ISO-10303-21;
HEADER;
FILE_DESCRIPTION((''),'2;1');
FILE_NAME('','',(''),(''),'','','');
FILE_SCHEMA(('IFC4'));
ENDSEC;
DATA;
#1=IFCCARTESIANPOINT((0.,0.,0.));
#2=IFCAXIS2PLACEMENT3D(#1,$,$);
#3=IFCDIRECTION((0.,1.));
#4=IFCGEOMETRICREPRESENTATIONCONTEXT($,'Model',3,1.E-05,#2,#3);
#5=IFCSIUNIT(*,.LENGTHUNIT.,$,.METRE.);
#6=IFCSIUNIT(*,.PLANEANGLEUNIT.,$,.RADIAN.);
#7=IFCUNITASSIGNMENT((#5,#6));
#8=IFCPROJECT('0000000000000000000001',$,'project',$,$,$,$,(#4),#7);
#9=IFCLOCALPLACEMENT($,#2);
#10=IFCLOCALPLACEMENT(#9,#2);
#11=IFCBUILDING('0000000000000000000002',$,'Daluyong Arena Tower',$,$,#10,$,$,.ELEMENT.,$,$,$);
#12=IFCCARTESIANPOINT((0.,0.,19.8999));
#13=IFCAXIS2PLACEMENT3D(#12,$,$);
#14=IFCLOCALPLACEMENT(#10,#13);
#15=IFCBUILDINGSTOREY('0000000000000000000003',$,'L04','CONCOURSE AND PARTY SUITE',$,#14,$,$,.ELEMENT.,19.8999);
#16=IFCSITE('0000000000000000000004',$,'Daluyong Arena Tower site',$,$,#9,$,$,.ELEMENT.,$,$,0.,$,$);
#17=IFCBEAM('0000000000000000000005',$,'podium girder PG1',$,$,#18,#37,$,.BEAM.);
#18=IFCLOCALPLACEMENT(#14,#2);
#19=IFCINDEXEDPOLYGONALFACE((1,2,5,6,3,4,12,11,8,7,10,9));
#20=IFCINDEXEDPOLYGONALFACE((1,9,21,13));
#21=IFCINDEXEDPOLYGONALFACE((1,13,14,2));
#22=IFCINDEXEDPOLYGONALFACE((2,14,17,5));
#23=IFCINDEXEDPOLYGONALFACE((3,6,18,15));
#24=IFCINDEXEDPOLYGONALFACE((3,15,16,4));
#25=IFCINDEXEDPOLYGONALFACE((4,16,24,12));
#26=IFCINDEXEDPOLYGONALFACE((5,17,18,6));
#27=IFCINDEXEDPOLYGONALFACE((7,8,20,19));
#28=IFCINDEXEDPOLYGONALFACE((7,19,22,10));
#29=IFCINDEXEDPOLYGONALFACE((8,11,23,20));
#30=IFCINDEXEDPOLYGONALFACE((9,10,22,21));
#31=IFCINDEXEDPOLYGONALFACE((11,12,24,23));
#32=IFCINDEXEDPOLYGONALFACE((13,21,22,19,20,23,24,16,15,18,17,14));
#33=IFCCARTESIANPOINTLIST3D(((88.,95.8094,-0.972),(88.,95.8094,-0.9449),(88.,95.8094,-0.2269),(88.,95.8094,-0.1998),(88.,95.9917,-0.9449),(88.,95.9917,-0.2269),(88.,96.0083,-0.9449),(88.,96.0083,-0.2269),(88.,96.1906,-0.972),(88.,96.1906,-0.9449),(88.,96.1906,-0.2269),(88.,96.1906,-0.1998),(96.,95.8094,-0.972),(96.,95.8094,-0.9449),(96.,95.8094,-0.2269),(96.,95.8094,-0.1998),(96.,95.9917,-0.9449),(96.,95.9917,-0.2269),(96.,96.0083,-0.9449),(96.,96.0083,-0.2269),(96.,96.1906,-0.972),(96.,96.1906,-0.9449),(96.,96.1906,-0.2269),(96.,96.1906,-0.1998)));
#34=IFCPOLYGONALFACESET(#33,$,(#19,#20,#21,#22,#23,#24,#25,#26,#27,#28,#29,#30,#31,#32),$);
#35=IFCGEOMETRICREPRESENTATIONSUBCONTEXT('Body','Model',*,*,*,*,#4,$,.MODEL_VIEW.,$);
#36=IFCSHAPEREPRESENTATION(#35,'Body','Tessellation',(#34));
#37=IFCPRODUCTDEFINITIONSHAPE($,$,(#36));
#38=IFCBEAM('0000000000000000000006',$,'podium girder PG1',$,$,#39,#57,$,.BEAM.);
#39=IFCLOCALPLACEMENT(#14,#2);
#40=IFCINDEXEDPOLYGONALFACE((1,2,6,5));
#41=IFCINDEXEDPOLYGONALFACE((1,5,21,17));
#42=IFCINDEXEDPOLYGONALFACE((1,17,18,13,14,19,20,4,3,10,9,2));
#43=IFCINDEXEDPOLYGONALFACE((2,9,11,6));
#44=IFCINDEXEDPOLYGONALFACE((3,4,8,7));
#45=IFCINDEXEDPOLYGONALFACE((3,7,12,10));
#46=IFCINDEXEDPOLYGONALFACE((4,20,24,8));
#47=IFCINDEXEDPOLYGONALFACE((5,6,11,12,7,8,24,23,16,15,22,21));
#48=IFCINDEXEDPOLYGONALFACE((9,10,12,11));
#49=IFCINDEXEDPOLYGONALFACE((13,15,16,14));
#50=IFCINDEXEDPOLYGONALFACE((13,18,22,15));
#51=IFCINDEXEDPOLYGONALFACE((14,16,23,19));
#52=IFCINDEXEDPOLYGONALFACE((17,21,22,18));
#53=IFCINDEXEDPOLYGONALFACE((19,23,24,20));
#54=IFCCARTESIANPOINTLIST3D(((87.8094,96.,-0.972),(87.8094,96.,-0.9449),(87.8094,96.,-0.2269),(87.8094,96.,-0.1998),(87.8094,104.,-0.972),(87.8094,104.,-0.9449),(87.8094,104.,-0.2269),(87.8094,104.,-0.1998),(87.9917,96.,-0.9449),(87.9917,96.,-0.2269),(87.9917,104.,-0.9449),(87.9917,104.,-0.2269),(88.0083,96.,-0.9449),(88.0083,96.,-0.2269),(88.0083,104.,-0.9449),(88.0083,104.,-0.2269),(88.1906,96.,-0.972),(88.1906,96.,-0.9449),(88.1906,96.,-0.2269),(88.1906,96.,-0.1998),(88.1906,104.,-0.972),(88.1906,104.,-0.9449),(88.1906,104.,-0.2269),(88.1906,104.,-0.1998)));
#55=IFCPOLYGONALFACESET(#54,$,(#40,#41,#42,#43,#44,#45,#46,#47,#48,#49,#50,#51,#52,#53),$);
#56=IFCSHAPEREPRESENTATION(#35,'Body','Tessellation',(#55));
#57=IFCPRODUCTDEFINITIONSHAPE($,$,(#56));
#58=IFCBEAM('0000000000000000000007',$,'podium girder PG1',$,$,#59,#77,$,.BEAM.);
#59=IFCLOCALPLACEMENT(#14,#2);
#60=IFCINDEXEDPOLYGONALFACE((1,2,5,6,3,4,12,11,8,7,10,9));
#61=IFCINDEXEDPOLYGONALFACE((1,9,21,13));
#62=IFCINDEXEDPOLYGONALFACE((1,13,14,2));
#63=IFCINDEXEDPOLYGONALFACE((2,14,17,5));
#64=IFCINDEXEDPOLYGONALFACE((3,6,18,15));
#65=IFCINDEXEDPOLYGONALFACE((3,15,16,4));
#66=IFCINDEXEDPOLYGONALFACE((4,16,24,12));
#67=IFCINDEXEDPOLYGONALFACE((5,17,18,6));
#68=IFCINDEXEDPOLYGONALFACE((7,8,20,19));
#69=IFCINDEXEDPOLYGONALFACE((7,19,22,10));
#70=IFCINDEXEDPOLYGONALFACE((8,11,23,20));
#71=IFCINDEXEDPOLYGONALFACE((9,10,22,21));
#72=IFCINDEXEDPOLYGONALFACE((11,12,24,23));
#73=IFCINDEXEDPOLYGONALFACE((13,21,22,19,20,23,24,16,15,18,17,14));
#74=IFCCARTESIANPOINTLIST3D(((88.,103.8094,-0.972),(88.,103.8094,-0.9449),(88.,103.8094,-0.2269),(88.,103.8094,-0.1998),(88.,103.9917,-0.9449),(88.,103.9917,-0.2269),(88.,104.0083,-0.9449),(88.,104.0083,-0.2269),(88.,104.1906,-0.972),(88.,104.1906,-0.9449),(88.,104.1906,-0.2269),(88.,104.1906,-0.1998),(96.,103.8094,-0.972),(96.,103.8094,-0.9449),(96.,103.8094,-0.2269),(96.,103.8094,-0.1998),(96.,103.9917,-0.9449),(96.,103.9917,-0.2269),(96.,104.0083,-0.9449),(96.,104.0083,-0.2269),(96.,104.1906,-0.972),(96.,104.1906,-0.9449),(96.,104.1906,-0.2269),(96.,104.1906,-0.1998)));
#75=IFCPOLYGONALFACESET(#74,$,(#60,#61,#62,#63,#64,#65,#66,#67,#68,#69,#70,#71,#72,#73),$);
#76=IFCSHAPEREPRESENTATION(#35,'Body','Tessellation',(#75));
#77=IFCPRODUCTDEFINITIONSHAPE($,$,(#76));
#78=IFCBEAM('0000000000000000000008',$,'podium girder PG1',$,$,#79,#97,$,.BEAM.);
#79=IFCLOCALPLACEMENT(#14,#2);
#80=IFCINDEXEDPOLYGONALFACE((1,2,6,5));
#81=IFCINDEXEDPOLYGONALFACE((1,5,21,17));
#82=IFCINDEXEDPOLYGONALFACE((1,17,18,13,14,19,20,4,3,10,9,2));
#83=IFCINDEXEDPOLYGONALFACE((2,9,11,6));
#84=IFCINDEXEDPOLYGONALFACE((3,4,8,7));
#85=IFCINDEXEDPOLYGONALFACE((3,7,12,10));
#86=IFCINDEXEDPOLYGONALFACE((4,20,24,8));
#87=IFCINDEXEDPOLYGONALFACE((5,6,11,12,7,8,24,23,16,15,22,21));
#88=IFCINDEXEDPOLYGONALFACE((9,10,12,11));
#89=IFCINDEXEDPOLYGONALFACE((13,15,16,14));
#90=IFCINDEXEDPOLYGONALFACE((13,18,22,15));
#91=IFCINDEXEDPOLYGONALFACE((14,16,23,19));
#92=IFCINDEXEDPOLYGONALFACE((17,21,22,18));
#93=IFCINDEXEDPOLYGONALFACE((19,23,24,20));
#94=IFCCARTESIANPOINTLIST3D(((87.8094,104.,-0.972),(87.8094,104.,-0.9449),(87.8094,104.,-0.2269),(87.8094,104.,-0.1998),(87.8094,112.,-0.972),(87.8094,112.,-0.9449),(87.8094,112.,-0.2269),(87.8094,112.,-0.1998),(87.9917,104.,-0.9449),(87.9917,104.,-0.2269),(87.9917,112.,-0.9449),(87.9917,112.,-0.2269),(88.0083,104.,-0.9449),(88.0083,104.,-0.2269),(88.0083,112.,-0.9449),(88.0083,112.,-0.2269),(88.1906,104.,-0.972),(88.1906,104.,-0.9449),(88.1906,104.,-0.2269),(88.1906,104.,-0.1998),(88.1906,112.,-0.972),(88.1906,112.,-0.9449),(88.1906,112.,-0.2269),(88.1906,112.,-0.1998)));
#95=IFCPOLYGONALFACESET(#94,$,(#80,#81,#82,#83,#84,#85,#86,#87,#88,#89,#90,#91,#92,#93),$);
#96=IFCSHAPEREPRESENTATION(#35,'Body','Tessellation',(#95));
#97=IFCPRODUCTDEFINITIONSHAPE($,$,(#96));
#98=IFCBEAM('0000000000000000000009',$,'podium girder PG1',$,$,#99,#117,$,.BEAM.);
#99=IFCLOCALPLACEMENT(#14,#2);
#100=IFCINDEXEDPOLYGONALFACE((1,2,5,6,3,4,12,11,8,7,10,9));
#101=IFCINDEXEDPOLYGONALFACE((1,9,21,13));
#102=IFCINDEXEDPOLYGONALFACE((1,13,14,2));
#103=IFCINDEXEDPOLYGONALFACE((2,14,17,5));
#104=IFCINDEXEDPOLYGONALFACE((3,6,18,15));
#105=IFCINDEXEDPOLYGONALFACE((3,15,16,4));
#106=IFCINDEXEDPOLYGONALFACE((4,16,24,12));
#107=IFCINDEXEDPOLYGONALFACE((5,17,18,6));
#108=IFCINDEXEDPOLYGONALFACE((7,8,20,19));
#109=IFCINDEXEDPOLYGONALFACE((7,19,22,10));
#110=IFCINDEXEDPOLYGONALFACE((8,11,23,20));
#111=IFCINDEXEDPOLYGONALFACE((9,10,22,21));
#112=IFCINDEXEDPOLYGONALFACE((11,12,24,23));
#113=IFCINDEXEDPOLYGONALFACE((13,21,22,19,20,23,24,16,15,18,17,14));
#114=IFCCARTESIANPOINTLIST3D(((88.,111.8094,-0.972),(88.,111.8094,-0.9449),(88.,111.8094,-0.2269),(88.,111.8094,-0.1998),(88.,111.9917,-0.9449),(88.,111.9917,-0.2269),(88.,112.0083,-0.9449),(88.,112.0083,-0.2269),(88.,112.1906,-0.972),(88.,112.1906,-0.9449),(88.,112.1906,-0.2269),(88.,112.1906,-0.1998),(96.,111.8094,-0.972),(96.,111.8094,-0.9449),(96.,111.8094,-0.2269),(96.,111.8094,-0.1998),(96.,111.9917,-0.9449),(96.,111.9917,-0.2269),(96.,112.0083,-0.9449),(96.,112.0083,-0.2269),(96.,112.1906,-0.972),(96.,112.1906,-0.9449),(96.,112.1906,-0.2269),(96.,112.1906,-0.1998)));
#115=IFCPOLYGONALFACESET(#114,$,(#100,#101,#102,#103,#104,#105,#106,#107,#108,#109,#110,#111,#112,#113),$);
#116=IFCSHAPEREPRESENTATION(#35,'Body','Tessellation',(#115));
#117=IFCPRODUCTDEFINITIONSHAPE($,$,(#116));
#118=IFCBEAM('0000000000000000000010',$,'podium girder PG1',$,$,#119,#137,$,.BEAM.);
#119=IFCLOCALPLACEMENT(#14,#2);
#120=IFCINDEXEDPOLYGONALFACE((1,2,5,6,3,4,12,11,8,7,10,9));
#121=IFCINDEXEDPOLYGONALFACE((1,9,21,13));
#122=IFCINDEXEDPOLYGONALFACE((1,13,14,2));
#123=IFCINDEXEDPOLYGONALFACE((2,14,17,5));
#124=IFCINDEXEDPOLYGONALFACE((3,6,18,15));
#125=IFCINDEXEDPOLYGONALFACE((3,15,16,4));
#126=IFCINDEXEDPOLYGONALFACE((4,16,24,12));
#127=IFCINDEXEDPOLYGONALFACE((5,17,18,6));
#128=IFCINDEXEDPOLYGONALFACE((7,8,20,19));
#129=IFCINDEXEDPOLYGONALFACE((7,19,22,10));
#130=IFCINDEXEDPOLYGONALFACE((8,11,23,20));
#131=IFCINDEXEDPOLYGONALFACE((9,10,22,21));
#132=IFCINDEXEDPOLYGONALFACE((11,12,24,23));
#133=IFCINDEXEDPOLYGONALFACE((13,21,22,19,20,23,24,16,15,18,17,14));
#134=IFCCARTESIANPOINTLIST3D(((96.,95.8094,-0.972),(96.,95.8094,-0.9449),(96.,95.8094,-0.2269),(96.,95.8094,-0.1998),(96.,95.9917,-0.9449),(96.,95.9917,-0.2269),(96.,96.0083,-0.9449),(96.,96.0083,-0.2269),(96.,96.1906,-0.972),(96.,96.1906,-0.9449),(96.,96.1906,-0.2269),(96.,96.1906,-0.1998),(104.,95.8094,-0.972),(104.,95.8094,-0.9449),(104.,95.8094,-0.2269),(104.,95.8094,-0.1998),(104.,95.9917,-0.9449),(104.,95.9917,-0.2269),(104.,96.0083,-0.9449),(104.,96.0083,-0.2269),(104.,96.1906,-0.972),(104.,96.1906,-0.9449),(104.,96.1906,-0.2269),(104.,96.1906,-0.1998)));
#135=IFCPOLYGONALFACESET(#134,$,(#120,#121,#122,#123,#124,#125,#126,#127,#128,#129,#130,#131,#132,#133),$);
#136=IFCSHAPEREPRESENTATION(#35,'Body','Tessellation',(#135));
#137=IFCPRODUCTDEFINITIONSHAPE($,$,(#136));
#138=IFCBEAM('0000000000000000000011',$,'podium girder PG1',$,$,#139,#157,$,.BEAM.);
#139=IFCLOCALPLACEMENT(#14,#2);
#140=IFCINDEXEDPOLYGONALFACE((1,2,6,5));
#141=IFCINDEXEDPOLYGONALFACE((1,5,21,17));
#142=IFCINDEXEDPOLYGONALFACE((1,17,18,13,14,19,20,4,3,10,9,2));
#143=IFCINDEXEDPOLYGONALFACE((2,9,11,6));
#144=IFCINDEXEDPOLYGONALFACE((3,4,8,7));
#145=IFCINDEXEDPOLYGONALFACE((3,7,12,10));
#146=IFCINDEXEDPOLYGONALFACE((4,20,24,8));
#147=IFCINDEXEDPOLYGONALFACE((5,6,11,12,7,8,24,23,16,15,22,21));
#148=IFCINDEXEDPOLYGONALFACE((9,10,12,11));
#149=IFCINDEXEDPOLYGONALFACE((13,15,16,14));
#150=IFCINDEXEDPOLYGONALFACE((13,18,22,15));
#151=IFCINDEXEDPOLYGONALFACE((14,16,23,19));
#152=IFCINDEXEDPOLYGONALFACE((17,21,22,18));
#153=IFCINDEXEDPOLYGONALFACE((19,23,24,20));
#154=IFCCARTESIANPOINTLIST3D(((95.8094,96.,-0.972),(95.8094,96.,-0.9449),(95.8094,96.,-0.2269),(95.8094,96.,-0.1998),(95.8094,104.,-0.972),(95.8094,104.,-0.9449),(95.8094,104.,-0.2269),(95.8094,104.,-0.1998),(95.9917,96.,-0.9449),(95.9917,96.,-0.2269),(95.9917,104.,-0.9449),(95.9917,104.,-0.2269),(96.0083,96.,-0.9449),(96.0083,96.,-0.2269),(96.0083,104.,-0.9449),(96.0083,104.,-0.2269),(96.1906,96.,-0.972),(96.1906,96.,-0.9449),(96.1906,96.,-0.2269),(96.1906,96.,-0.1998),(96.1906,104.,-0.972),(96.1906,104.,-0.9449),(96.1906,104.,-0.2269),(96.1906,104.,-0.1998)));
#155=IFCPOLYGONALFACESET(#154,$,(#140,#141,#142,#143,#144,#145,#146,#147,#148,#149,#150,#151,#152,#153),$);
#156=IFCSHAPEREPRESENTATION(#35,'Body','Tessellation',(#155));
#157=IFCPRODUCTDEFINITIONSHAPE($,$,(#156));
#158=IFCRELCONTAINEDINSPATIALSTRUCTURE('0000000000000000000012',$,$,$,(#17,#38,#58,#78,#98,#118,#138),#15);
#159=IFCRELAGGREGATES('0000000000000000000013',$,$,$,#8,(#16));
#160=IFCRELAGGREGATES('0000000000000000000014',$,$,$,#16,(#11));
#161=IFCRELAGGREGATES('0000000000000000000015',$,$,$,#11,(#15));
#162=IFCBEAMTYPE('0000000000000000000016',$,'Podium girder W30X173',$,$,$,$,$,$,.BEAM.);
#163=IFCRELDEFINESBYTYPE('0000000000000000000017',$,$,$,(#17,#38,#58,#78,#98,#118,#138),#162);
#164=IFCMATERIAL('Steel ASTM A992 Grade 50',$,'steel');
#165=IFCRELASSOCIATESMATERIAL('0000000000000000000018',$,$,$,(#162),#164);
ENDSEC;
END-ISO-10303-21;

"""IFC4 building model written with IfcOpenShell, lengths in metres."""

from ifc_helpers import new_model, si_unit, direction, frame, origin, origin_2d, place, context, subcontext, project, spatial, i_section, extrude, material, material_profile, profile_set, type_object, element, save


model = new_model("IFC4")

# Units and contexts
model_context = context("Model", 3, precision=1e-05, world=origin(), true_north=direction((0.0, 1.0)))
body_context = subcontext(model_context, "Body", "Model", "MODEL_VIEW")
ifc_project = project(units=[si_unit("LENGTHUNIT", "METRE"), si_unit("PLANEANGLEUNIT", "RADIAN")], contexts=[model_context])

# Site, building, storey
site_placement = place(None, origin())
site = spatial("IfcSite", under=ifc_project, at=site_placement, Name="Daluyong Arena Tower site", CompositionType="ELEMENT", RefElevation=0.0)
building_placement = place(site_placement, origin())
building = spatial("IfcBuilding", under=site, at=building_placement, Name="Daluyong Arena Tower", CompositionType="ELEMENT")
storey_placement = place(building_placement, frame((0.0, 0.0, 19.8999)))
storey = spatial("IfcBuildingStorey", under=building, at=storey_placement, Name="L04", Description="CONCOURSE AND PARTY SUITE", CompositionType="ELEMENT", Elevation=19.8999)

# Beams
ifc_material_1 = material(Name="Steel ASTM A992 Grade 50", Category="steel")
ifc_material_profile_1 = material_profile(ifc_material_1, i_section(OverallWidth=0.3811, OverallDepth=0.7722, WebThickness=0.0166, FlangeThickness=0.0271, at=origin_2d()))
ifc_profile_set_1 = profile_set([ifc_material_profile_1], Name="Steel ASTM A992 Grade 50")
beam_type_1 = type_object("IfcBeamType", Name="Podium girder W30X173", PredefinedType="BEAM", material=ifc_profile_set_1)
for number, where, z_axis, x_axis, name in (
    (1, (88.0, 96.0, -0.5859), (1.0, 0.0, 0.0), (0.0, 1.0, 0.0), "podium girder PG1"),
    (2, (88.0, 96.0, -0.5859), (0.0, 1.0, 0.0), (-1.0, 0.0, 0.0), "podium girder PG1"),
    (3, (88.0, 104.0, -0.5859), (1.0, 0.0, 0.0), (0.0, 1.0, 0.0), "podium girder PG1"),
    (4, (88.0, 104.0, -0.5859), (0.0, 1.0, 0.0), (-1.0, 0.0, 0.0), "podium girder PG1"),
    (5, (88.0, 112.0, -0.5859), (1.0, 0.0, 0.0), (0.0, 1.0, 0.0), "podium girder PG1"),
    (6, (96.0, 96.0, -0.5859), (1.0, 0.0, 0.0), (0.0, 1.0, 0.0), "podium girder PG1"),
    (7, (96.0, 96.0, -0.5859), (0.0, 1.0, 0.0), (-1.0, 0.0, 0.0), "podium girder PG1"),
):
    element("IfcBeam", number, at=place(storey_placement, frame(where, z_axis=z_axis, x_axis=x_axis)), inside=storey, type_object=beam_type_1, Name=name, PredefinedType="BEAM", context=body_context, shape_type="SweptSolid", body=[
        extrude(i_section(OverallWidth=0.3811, OverallDepth=0.7722, WebThickness=0.0166, FlangeThickness=0.0271, at=origin_2d()), origin(), (0.0, 0.0, 1.0), 8.0),
    ])

save(model, "model.ifc")
